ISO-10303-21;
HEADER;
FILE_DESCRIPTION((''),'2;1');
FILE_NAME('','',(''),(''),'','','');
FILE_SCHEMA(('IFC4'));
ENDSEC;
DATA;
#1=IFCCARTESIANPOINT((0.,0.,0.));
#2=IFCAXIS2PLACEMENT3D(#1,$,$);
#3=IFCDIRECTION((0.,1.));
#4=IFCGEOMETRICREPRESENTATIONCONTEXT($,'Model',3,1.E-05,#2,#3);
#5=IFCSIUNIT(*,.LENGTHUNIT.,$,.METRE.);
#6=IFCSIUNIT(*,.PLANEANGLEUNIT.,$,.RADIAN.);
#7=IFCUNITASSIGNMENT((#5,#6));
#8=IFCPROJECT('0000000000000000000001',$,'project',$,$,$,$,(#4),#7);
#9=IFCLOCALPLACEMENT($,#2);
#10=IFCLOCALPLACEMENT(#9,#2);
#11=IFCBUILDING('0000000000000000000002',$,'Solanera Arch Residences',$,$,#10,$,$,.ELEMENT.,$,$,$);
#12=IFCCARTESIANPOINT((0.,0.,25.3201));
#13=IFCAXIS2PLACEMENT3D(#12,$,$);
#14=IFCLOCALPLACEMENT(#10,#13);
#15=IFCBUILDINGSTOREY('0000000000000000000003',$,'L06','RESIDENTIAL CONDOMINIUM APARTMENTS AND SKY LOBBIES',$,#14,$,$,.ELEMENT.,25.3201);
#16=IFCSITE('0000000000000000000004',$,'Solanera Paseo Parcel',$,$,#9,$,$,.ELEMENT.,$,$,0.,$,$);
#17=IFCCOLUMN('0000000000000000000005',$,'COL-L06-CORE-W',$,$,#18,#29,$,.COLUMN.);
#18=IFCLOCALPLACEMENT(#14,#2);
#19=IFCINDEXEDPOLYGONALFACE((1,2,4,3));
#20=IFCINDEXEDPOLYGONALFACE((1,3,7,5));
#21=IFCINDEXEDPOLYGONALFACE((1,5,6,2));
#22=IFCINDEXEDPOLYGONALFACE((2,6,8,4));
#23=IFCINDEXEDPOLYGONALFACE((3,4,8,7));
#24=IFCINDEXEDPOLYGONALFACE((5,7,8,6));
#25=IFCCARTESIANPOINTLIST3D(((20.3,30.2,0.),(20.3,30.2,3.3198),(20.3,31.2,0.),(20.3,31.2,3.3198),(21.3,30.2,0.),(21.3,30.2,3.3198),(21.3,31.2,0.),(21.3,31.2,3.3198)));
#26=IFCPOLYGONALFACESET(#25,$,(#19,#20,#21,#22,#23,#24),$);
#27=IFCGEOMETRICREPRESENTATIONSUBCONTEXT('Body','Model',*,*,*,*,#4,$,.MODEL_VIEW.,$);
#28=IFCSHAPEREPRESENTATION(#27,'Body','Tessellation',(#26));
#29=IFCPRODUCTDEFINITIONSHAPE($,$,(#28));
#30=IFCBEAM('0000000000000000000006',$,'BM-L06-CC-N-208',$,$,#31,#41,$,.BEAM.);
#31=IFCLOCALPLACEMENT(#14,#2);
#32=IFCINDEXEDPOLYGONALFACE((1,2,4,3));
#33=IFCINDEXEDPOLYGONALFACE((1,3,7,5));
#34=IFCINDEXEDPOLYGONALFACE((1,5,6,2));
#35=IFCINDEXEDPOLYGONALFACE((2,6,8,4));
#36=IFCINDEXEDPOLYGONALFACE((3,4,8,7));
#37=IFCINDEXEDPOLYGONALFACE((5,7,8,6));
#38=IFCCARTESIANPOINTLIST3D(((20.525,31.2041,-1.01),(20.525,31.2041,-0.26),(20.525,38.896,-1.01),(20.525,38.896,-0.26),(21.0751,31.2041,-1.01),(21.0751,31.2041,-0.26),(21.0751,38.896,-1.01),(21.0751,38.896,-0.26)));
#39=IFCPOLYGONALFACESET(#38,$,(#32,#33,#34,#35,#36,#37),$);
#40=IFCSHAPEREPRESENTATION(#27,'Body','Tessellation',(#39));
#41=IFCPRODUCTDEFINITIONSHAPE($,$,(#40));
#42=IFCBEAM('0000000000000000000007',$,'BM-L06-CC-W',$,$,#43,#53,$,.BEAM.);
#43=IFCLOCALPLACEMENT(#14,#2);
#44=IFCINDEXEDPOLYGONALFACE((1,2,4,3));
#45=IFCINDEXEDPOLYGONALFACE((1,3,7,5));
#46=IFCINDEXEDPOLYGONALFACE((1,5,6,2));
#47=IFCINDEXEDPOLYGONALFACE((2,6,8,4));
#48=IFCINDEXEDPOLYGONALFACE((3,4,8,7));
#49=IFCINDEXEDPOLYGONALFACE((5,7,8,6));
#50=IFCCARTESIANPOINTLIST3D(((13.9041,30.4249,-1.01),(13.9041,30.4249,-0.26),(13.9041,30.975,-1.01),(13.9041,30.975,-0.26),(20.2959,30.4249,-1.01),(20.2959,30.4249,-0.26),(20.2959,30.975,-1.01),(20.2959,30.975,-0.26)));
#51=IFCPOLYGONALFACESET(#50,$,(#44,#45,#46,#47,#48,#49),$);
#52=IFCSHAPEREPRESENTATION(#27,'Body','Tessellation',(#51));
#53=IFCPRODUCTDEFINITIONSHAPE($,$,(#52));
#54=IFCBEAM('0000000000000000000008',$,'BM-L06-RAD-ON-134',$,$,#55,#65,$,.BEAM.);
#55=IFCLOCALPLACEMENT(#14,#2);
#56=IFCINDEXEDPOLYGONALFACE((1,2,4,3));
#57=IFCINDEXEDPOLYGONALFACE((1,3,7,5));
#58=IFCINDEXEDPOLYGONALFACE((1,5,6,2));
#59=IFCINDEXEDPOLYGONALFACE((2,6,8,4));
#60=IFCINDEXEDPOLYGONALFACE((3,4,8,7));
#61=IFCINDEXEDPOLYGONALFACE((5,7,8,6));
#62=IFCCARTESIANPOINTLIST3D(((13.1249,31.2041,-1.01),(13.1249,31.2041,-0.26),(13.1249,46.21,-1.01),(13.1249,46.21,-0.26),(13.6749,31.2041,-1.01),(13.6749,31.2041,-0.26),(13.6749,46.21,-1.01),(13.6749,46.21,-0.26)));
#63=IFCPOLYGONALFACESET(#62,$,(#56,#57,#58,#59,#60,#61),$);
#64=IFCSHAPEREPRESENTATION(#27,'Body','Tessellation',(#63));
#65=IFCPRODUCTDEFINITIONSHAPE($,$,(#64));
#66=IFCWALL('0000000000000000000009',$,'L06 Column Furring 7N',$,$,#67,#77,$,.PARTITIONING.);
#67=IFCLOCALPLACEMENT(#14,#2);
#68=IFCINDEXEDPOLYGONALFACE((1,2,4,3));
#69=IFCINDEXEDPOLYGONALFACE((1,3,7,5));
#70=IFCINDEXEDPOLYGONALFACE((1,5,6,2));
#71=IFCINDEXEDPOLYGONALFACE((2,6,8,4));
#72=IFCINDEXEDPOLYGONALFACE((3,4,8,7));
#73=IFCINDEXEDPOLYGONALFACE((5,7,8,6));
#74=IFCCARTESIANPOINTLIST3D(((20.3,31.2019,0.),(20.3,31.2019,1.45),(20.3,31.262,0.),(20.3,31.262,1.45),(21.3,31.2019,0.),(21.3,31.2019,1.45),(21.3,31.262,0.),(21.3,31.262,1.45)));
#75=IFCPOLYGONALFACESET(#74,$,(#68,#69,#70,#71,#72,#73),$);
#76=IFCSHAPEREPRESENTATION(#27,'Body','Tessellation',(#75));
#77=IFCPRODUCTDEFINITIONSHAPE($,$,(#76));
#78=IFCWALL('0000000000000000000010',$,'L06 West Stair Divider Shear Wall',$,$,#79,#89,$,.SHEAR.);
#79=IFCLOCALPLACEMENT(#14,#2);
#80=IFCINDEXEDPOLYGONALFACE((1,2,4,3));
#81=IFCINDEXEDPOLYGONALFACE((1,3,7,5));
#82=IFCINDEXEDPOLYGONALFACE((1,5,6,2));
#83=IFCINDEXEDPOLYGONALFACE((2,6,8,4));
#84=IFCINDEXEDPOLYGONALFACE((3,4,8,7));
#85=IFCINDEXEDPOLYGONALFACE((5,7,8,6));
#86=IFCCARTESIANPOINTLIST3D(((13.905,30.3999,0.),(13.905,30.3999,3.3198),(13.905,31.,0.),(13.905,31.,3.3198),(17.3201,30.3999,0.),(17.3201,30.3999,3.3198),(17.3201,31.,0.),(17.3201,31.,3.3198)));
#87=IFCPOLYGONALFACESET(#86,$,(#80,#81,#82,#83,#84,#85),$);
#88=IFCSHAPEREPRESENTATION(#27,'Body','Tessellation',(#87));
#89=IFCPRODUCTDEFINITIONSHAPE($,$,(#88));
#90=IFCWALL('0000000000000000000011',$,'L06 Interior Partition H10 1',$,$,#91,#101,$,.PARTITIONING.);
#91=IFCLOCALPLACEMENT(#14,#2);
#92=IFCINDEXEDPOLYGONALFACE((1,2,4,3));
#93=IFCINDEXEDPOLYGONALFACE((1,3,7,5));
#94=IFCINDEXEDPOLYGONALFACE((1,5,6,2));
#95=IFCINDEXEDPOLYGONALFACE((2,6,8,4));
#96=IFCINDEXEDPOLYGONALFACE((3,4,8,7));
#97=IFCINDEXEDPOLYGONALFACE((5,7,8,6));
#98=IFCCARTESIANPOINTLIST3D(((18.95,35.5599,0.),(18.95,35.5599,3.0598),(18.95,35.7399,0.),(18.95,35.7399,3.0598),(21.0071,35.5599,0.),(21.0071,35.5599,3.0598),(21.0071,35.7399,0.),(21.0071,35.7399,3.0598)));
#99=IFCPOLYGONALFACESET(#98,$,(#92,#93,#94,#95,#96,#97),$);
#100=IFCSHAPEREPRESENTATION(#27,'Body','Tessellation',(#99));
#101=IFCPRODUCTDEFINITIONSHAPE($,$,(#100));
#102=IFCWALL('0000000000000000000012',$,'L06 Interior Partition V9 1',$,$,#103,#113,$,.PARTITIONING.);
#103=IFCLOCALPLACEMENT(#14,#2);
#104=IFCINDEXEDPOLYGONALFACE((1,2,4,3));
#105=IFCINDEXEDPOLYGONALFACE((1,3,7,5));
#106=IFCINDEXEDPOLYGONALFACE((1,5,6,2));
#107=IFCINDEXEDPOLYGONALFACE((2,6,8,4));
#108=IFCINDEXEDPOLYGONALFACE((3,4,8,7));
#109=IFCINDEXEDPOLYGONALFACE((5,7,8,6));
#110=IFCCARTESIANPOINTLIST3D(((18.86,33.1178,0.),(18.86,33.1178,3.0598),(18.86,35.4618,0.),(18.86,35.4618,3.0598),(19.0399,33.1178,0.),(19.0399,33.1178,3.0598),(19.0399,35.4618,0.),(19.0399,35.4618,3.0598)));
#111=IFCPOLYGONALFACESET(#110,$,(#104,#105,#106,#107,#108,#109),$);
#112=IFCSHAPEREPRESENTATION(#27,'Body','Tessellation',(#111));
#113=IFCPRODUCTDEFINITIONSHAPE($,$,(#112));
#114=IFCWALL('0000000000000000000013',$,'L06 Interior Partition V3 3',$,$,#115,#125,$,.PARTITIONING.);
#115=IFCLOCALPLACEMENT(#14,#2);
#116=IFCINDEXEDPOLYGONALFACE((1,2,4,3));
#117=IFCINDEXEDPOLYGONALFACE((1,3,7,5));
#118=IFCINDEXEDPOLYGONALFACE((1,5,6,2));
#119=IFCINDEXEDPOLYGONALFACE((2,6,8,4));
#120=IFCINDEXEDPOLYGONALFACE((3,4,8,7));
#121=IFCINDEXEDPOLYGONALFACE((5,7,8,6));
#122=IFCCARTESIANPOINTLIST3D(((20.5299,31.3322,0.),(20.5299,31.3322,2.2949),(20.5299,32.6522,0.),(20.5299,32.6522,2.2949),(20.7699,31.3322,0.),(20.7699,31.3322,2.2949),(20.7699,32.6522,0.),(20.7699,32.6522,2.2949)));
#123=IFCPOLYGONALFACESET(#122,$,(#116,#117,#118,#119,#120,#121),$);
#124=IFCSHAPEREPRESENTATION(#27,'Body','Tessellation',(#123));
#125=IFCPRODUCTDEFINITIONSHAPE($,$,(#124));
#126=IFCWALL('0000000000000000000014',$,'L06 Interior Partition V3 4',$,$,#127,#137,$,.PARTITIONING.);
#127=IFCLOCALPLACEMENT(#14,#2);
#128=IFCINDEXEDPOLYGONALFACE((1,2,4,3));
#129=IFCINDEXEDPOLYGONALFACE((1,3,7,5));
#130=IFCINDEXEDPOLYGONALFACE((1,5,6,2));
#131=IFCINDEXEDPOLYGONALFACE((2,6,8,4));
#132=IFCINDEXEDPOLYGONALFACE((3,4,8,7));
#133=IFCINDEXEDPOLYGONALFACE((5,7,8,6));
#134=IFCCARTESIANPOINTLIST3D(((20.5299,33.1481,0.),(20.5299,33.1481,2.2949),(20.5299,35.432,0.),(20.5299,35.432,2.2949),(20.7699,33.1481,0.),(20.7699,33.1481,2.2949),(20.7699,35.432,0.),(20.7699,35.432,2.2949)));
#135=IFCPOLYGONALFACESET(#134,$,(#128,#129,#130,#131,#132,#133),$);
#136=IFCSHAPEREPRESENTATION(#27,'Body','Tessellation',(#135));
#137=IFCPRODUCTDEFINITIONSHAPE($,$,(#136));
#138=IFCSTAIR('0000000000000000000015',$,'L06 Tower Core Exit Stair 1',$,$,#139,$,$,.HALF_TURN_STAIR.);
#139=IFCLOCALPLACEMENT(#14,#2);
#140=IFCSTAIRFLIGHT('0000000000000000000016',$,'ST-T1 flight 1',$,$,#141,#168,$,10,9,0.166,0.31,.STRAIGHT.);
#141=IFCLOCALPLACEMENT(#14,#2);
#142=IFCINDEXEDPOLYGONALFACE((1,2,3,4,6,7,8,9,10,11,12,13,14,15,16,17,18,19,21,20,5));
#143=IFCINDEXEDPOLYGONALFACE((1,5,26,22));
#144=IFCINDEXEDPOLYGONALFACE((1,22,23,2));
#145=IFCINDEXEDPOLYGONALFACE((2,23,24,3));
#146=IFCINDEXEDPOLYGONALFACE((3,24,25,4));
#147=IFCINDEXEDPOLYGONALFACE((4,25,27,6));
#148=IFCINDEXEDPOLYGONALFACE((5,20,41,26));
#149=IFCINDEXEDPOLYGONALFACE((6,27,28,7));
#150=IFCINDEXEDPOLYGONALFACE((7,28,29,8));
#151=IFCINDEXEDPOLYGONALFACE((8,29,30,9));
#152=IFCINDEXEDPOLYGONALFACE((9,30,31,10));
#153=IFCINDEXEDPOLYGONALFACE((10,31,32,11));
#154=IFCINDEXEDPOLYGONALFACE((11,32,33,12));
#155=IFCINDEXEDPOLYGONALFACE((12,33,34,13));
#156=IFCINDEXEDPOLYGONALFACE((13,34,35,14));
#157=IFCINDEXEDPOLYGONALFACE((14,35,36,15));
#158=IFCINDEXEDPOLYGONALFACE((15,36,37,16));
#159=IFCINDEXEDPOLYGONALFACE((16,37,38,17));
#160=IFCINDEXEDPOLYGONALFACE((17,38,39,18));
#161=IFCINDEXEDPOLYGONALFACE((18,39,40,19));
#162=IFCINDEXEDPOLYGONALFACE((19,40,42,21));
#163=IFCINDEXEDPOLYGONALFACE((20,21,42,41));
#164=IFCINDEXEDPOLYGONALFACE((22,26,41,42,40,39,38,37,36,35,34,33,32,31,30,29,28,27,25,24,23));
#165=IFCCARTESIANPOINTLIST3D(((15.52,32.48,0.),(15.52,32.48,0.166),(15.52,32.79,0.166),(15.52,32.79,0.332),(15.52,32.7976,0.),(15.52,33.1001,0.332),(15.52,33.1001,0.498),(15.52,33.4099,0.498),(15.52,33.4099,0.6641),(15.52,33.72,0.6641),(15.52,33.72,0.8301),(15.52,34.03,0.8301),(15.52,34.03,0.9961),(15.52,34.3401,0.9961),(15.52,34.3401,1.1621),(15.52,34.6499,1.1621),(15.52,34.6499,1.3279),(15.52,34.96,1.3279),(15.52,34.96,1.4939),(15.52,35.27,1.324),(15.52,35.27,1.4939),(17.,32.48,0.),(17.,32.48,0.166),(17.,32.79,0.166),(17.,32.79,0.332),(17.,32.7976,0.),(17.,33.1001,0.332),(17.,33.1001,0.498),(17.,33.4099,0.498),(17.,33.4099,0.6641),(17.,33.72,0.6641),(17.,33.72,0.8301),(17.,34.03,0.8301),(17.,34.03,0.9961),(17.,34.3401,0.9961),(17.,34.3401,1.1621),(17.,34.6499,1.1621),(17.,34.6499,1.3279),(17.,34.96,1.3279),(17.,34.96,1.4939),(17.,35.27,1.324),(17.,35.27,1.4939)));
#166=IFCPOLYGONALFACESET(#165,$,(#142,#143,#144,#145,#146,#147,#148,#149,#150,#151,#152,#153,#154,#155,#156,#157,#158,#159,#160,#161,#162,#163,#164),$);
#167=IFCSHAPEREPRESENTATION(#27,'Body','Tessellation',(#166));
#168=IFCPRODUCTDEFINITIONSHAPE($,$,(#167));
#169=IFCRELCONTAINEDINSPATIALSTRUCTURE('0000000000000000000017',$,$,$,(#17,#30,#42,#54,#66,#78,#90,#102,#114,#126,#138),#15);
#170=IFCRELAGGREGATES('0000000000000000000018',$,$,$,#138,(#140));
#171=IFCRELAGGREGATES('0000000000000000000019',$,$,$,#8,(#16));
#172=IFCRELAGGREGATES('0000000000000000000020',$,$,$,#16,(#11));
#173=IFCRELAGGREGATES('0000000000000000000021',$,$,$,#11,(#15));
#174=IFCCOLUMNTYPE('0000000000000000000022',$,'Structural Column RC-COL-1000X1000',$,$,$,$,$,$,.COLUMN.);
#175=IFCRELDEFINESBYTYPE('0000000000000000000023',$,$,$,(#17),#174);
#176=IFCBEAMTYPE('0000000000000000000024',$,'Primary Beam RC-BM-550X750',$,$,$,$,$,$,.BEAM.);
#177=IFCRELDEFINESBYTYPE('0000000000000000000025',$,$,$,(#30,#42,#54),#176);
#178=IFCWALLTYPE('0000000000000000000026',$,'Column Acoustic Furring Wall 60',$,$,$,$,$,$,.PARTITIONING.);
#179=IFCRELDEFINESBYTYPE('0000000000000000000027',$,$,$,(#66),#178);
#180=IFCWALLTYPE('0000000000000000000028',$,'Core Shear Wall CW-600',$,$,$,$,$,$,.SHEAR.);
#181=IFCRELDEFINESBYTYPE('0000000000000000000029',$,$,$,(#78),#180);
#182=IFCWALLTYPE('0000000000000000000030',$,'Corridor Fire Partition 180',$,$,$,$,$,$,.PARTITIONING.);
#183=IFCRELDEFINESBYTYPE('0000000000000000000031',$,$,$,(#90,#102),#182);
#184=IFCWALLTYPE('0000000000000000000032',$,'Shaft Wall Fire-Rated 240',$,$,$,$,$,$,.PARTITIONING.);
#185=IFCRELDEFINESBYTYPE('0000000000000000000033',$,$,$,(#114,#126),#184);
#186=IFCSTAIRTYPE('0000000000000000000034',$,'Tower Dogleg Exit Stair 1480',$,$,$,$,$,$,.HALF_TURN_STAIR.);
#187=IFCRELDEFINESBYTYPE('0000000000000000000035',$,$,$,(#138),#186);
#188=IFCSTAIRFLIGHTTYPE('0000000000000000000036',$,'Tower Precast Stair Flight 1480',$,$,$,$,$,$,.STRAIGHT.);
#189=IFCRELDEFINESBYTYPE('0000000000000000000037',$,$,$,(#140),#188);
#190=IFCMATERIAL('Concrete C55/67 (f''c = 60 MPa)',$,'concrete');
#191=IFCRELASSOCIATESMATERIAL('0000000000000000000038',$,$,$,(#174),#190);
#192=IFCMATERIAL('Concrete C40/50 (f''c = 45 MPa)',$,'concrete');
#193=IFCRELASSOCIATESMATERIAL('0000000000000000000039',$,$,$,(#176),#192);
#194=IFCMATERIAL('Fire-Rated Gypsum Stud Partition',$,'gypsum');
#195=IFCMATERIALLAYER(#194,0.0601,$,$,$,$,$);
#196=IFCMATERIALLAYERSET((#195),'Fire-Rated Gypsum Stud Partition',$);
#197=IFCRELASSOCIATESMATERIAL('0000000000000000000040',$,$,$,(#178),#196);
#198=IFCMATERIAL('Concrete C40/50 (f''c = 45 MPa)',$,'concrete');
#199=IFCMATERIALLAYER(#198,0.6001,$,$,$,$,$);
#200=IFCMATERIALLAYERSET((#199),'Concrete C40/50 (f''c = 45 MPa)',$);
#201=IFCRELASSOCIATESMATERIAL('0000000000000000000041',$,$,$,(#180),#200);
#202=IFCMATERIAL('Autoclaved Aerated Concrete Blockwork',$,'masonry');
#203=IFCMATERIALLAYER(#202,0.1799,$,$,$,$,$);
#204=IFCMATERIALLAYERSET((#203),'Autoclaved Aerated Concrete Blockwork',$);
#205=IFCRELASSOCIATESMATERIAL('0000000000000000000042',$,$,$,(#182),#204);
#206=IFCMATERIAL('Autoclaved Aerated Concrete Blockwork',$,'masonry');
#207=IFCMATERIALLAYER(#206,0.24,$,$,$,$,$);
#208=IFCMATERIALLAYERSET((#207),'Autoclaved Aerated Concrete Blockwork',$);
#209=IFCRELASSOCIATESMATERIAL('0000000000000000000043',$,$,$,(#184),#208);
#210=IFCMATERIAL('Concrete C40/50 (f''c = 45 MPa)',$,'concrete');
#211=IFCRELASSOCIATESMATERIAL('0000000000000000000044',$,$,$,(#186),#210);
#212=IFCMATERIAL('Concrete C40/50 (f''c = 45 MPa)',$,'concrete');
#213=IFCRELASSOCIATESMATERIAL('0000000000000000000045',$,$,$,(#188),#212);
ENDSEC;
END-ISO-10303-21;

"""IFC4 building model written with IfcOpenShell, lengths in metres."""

from ifc_helpers import new_model, si_unit, direction, frame, frame_2d, origin, origin_2d, place, context, subcontext, project, spatial, polyline, rectangle, outline, extrude, material, layer, layer_set, material_profile, profile_set, type_object, element, aggregate, save


model = new_model("IFC4")

# Units and contexts
model_context = context("Model", 3, precision=1e-05, world=origin(), true_north=direction((0.0, 1.0)))
body_context = subcontext(model_context, "Body", "Model", "MODEL_VIEW")
ifc_project = project(units=[si_unit("LENGTHUNIT", "METRE"), si_unit("PLANEANGLEUNIT", "RADIAN")], contexts=[model_context])

# Site, building, storey
site_placement = place(None, origin())
site = spatial("IfcSite", under=ifc_project, at=site_placement, Name="Solanera Paseo Parcel", CompositionType="ELEMENT", RefElevation=0.0)
building_placement = place(site_placement, origin())
building = spatial("IfcBuilding", under=site, at=building_placement, Name="Solanera Arch Residences", CompositionType="ELEMENT")
storey_placement = place(building_placement, frame((0.0, 0.0, 25.3201)))
storey = spatial("IfcBuildingStorey", under=building, at=storey_placement, Name="L06", Description="RESIDENTIAL CONDOMINIUM APARTMENTS AND SKY LOBBIES", CompositionType="ELEMENT", Elevation=25.3201)

# Column
ifc_material_1 = material(Name="Concrete C55/67 (f'c = 60 MPa)", Category="concrete")
ifc_material_profile_1 = material_profile(ifc_material_1, rectangle(XDim=1.0, YDim=1.0, at=origin_2d()))
ifc_profile_set_1 = profile_set([ifc_material_profile_1], Name="Concrete C55/67 (f'c = 60 MPa)")
column_type = type_object("IfcColumnType", Name="Structural Column RC-COL-1000X1000", PredefinedType="COLUMN", material=ifc_profile_set_1)
column_placement = place(storey_placement, frame((20.8, 30.7, 0.0), z_axis=(0.0, 0.0, 1.0), x_axis=(1.0, 0.0, 0.0)))
element("IfcColumn", 1, at=column_placement, inside=storey, type_object=column_type, Name="COL-L06-CORE-W", PredefinedType="COLUMN", context=body_context, shape_type="SweptSolid", body=[
    extrude(rectangle(XDim=1.0, YDim=1.0, at=origin_2d()), origin(), (0.0, 0.0, 1.0), 3.3198),
])

# Beams
ifc_material_2 = material(Name="Concrete C40/50 (f'c = 45 MPa)", Category="concrete")
ifc_material_profile_2 = material_profile(ifc_material_2, rectangle(XDim=0.55, YDim=0.75, at=origin_2d()))
ifc_profile_set_2 = profile_set([ifc_material_profile_2], Name="Concrete C40/50 (f'c = 45 MPa)")
beam_type = type_object("IfcBeamType", Name="Primary Beam RC-BM-550X750", PredefinedType="BEAM", material=ifc_profile_set_2)
beam_1_placement = place(storey_placement, frame((20.8, 31.2041, -0.635), z_axis=(0.0, 1.0, 0.0), x_axis=(-1.0, 0.0, 0.0)))
element("IfcBeam", 2, at=beam_1_placement, inside=storey, type_object=beam_type, Name="BM-L06-CC-N-208", PredefinedType="BEAM", context=body_context, shape_type="SweptSolid", body=[
    extrude(rectangle(XDim=0.55, YDim=0.75, at=origin_2d()), origin(), (0.0, 0.0, 1.0), 7.6919),
])
beam_2_placement = place(storey_placement, frame((13.9041, 30.7, -0.635), z_axis=(1.0, 0.0, 0.0), x_axis=(0.0, 1.0, 0.0)))
element("IfcBeam", 3, at=beam_2_placement, inside=storey, type_object=beam_type, Name="BM-L06-CC-W", PredefinedType="BEAM", context=body_context, shape_type="SweptSolid", body=[
    extrude(rectangle(XDim=0.55, YDim=0.75, at=origin_2d()), origin(), (0.0, 0.0, 1.0), 6.3918),
])
beam_3_placement = place(storey_placement, frame((13.3999, 31.2041, -0.635), z_axis=(0.0, 1.0, 0.0), x_axis=(-1.0, 0.0, 0.0)))
element("IfcBeam", 4, at=beam_3_placement, inside=storey, type_object=beam_type, Name="BM-L06-RAD-ON-134", PredefinedType="BEAM", context=body_context, shape_type="SweptSolid", body=[
    extrude(rectangle(XDim=0.55, YDim=0.75, at=origin_2d()), origin(), (0.0, 0.0, 1.0), 15.0059),
])

# Wall
ifc_material_3 = material(Name="Fire-Rated Gypsum Stud Partition", Category="gypsum")
ifc_layer_1 = layer(ifc_material_3, 0.0601)
ifc_layer_set_1 = layer_set([ifc_layer_1], Name="Fire-Rated Gypsum Stud Partition")
wall_type_1 = type_object("IfcWallType", Name="Column Acoustic Furring Wall 60", PredefinedType="PARTITIONING", material=ifc_layer_set_1)
wall_1_placement = place(storey_placement, frame((20.3, 31.2319, 0.0), z_axis=(0.0, 0.0, 1.0), x_axis=(1.0, 0.0, 0.0)))
element("IfcWall", 5, at=wall_1_placement, inside=storey, type_object=wall_type_1, Name="L06 Column Furring 7N", PredefinedType="PARTITIONING", context=body_context, shape_type="SweptSolid", body=[
    extrude(rectangle(XDim=1.0, YDim=0.0601, at=frame_2d((0.5, 0.0))), origin(), (0.0, 0.0, 1.0), 1.45),
])

# Walls
ifc_material_4 = material(Name="Concrete C40/50 (f'c = 45 MPa)", Category="concrete")
ifc_layer_2 = layer(ifc_material_4, 0.6001)
ifc_layer_set_2 = layer_set([ifc_layer_2], Name="Concrete C40/50 (f'c = 45 MPa)")
wall_type_2 = type_object("IfcWallType", Name="Core Shear Wall CW-600", PredefinedType="SHEAR", material=ifc_layer_set_2)
wall_2_placement = place(storey_placement, frame((13.905, 30.7, 0.0), z_axis=(0.0, 0.0, 1.0), x_axis=(1.0, 0.0, 0.0)))
element("IfcWall", 6, at=wall_2_placement, inside=storey, type_object=wall_type_2, Name="L06 West Stair Divider Shear Wall", PredefinedType="SHEAR", context=body_context, shape_type="SweptSolid", body=[
    extrude(rectangle(XDim=3.415, YDim=0.6001, at=frame_2d((1.7075, 0.0))), origin(), (0.0, 0.0, 1.0), 3.3198),
])
ifc_material_5 = material(Name="Autoclaved Aerated Concrete Blockwork", Category="masonry")
ifc_layer_3 = layer(ifc_material_5, 0.1799)
ifc_layer_set_3 = layer_set([ifc_layer_3], Name="Autoclaved Aerated Concrete Blockwork")
wall_type_3 = type_object("IfcWallType", Name="Corridor Fire Partition 180", PredefinedType="PARTITIONING", material=ifc_layer_set_3)
wall_3_placement = place(storey_placement, frame((18.95, 35.6499, 0.0), z_axis=(0.0, 0.0, 1.0), x_axis=(1.0, 0.0, 0.0)))
element("IfcWall", 7, at=wall_3_placement, inside=storey, type_object=wall_type_3, Name="L06 Interior Partition H10 1", PredefinedType="PARTITIONING", context=body_context, shape_type="SweptSolid", body=[
    extrude(rectangle(XDim=2.0571, YDim=0.1799, at=frame_2d((1.0286, 0.0))), origin(), (0.0, 0.0, 1.0), 3.0598),
])
wall_4_placement = place(storey_placement, frame((18.95, 33.1179, 0.0), z_axis=(0.0, 0.0, 1.0), x_axis=(0.0, 1.0, 0.0)))
element("IfcWall", 8, at=wall_4_placement, inside=storey, type_object=wall_type_3, Name="L06 Interior Partition V9 1", PredefinedType="PARTITIONING", context=body_context, shape_type="SweptSolid", body=[
    extrude(rectangle(XDim=2.344, YDim=0.1799, at=frame_2d((1.1719, 0.0))), origin(), (0.0, 0.0, 1.0), 3.0598),
])

# Shared definitions
ifc_material_6 = material(Name="Autoclaved Aerated Concrete Blockwork", Category="masonry")
ifc_layer_4 = layer(ifc_material_6, 0.24)
ifc_layer_set_4 = layer_set([ifc_layer_4], Name="Autoclaved Aerated Concrete Blockwork")
wall_type_4 = type_object("IfcWallType", Name="Shaft Wall Fire-Rated 240", PredefinedType="PARTITIONING", material=ifc_layer_set_4)

# Walls
wall_5_placement = place(storey_placement, frame((20.6499, 31.332, 0.0), z_axis=(0.0, 0.0, 1.0), x_axis=(0.0, 1.0, 0.0)))
element("IfcWall", 9, at=wall_5_placement, inside=storey, type_object=wall_type_4, Name="L06 Interior Partition V3 3", PredefinedType="PARTITIONING", context=body_context, shape_type="SweptSolid", body=[
    extrude(rectangle(XDim=1.3201, YDim=0.24, at=frame_2d((0.6602, 0.0))), origin(), (0.0, 0.0, 1.0), 2.2949),
])
wall_6_placement = place(storey_placement, frame((20.6499, 33.1479, 0.0), z_axis=(0.0, 0.0, 1.0), x_axis=(0.0, 1.0, 0.0)))
element("IfcWall", 10, at=wall_6_placement, inside=storey, type_object=wall_type_4, Name="L06 Interior Partition V3 4", PredefinedType="PARTITIONING", context=body_context, shape_type="SweptSolid", body=[
    extrude(rectangle(XDim=2.2839, YDim=0.24, at=frame_2d((1.1421, 0.0))), origin(), (0.0, 0.0, 1.0), 2.2949),
])

# Stair, stair flight
ifc_material_7 = material(Name="Concrete C40/50 (f'c = 45 MPa)", Category="concrete")
stair_type = type_object("IfcStairType", Name="Tower Dogleg Exit Stair 1480", PredefinedType="HALF_TURN_STAIR", material=ifc_material_7)
stair_placement = place(storey_placement, origin())
stair = element("IfcStair", 11, at=stair_placement, inside=storey, type_object=stair_type, Name="L06 Tower Core Exit Stair 1", PredefinedType="HALF_TURN_STAIR")
ifc_material_8 = material(Name="Concrete C40/50 (f'c = 45 MPa)", Category="concrete")
stair_flight_type = type_object("IfcStairFlightType", Name="Tower Precast Stair Flight 1480", PredefinedType="STRAIGHT", material=ifc_material_8)
stair_flight_1_placement = place(storey_placement, frame((16.26, 32.48, 0.0), z_axis=(0.0, 0.0, 1.0), x_axis=(0.0, 1.0, 0.0)))
stair_flight_1 = element("IfcStairFlight", 12, at=stair_flight_1_placement, type_object=stair_flight_type, Name="ST-T1 flight 1", NumberOfRisers=10, NumberOfTreads=9, PredefinedType="STRAIGHT", RiserHeight=0.166, TreadLength=0.31, context=body_context, shape_type="SweptSolid", body=[
    extrude(outline(polyline([(0.0, 0.0), (0.0, 0.166), (0.3101, 0.166), (0.3101, 0.332), (0.6201, 0.332), (0.6201, 0.498), (0.9299, 0.498), (0.9299, 0.6641), (1.24, 0.6641), (1.24, 0.8301), (1.55, 0.8301), (1.55, 0.9961), (1.8601, 0.9961), (1.8601, 1.1621), (2.1699, 1.1621), (2.1699, 1.3279), (2.48, 1.3279), (2.48, 1.4939), (2.79, 1.4939), (2.79, 1.6599), (2.79, 1.324), (0.3176, 0.0), (0.0, 0.0)])), frame((0.0, 0.74, 0.0), z_axis=(0.0, -1.0, 0.0), x_axis=(1.0, 0.0, 0.0)), (0.0, 0.0, 1.0), 1.48),
])
aggregate(stair, [stair_flight_1])

save(model, "model.ifc")
